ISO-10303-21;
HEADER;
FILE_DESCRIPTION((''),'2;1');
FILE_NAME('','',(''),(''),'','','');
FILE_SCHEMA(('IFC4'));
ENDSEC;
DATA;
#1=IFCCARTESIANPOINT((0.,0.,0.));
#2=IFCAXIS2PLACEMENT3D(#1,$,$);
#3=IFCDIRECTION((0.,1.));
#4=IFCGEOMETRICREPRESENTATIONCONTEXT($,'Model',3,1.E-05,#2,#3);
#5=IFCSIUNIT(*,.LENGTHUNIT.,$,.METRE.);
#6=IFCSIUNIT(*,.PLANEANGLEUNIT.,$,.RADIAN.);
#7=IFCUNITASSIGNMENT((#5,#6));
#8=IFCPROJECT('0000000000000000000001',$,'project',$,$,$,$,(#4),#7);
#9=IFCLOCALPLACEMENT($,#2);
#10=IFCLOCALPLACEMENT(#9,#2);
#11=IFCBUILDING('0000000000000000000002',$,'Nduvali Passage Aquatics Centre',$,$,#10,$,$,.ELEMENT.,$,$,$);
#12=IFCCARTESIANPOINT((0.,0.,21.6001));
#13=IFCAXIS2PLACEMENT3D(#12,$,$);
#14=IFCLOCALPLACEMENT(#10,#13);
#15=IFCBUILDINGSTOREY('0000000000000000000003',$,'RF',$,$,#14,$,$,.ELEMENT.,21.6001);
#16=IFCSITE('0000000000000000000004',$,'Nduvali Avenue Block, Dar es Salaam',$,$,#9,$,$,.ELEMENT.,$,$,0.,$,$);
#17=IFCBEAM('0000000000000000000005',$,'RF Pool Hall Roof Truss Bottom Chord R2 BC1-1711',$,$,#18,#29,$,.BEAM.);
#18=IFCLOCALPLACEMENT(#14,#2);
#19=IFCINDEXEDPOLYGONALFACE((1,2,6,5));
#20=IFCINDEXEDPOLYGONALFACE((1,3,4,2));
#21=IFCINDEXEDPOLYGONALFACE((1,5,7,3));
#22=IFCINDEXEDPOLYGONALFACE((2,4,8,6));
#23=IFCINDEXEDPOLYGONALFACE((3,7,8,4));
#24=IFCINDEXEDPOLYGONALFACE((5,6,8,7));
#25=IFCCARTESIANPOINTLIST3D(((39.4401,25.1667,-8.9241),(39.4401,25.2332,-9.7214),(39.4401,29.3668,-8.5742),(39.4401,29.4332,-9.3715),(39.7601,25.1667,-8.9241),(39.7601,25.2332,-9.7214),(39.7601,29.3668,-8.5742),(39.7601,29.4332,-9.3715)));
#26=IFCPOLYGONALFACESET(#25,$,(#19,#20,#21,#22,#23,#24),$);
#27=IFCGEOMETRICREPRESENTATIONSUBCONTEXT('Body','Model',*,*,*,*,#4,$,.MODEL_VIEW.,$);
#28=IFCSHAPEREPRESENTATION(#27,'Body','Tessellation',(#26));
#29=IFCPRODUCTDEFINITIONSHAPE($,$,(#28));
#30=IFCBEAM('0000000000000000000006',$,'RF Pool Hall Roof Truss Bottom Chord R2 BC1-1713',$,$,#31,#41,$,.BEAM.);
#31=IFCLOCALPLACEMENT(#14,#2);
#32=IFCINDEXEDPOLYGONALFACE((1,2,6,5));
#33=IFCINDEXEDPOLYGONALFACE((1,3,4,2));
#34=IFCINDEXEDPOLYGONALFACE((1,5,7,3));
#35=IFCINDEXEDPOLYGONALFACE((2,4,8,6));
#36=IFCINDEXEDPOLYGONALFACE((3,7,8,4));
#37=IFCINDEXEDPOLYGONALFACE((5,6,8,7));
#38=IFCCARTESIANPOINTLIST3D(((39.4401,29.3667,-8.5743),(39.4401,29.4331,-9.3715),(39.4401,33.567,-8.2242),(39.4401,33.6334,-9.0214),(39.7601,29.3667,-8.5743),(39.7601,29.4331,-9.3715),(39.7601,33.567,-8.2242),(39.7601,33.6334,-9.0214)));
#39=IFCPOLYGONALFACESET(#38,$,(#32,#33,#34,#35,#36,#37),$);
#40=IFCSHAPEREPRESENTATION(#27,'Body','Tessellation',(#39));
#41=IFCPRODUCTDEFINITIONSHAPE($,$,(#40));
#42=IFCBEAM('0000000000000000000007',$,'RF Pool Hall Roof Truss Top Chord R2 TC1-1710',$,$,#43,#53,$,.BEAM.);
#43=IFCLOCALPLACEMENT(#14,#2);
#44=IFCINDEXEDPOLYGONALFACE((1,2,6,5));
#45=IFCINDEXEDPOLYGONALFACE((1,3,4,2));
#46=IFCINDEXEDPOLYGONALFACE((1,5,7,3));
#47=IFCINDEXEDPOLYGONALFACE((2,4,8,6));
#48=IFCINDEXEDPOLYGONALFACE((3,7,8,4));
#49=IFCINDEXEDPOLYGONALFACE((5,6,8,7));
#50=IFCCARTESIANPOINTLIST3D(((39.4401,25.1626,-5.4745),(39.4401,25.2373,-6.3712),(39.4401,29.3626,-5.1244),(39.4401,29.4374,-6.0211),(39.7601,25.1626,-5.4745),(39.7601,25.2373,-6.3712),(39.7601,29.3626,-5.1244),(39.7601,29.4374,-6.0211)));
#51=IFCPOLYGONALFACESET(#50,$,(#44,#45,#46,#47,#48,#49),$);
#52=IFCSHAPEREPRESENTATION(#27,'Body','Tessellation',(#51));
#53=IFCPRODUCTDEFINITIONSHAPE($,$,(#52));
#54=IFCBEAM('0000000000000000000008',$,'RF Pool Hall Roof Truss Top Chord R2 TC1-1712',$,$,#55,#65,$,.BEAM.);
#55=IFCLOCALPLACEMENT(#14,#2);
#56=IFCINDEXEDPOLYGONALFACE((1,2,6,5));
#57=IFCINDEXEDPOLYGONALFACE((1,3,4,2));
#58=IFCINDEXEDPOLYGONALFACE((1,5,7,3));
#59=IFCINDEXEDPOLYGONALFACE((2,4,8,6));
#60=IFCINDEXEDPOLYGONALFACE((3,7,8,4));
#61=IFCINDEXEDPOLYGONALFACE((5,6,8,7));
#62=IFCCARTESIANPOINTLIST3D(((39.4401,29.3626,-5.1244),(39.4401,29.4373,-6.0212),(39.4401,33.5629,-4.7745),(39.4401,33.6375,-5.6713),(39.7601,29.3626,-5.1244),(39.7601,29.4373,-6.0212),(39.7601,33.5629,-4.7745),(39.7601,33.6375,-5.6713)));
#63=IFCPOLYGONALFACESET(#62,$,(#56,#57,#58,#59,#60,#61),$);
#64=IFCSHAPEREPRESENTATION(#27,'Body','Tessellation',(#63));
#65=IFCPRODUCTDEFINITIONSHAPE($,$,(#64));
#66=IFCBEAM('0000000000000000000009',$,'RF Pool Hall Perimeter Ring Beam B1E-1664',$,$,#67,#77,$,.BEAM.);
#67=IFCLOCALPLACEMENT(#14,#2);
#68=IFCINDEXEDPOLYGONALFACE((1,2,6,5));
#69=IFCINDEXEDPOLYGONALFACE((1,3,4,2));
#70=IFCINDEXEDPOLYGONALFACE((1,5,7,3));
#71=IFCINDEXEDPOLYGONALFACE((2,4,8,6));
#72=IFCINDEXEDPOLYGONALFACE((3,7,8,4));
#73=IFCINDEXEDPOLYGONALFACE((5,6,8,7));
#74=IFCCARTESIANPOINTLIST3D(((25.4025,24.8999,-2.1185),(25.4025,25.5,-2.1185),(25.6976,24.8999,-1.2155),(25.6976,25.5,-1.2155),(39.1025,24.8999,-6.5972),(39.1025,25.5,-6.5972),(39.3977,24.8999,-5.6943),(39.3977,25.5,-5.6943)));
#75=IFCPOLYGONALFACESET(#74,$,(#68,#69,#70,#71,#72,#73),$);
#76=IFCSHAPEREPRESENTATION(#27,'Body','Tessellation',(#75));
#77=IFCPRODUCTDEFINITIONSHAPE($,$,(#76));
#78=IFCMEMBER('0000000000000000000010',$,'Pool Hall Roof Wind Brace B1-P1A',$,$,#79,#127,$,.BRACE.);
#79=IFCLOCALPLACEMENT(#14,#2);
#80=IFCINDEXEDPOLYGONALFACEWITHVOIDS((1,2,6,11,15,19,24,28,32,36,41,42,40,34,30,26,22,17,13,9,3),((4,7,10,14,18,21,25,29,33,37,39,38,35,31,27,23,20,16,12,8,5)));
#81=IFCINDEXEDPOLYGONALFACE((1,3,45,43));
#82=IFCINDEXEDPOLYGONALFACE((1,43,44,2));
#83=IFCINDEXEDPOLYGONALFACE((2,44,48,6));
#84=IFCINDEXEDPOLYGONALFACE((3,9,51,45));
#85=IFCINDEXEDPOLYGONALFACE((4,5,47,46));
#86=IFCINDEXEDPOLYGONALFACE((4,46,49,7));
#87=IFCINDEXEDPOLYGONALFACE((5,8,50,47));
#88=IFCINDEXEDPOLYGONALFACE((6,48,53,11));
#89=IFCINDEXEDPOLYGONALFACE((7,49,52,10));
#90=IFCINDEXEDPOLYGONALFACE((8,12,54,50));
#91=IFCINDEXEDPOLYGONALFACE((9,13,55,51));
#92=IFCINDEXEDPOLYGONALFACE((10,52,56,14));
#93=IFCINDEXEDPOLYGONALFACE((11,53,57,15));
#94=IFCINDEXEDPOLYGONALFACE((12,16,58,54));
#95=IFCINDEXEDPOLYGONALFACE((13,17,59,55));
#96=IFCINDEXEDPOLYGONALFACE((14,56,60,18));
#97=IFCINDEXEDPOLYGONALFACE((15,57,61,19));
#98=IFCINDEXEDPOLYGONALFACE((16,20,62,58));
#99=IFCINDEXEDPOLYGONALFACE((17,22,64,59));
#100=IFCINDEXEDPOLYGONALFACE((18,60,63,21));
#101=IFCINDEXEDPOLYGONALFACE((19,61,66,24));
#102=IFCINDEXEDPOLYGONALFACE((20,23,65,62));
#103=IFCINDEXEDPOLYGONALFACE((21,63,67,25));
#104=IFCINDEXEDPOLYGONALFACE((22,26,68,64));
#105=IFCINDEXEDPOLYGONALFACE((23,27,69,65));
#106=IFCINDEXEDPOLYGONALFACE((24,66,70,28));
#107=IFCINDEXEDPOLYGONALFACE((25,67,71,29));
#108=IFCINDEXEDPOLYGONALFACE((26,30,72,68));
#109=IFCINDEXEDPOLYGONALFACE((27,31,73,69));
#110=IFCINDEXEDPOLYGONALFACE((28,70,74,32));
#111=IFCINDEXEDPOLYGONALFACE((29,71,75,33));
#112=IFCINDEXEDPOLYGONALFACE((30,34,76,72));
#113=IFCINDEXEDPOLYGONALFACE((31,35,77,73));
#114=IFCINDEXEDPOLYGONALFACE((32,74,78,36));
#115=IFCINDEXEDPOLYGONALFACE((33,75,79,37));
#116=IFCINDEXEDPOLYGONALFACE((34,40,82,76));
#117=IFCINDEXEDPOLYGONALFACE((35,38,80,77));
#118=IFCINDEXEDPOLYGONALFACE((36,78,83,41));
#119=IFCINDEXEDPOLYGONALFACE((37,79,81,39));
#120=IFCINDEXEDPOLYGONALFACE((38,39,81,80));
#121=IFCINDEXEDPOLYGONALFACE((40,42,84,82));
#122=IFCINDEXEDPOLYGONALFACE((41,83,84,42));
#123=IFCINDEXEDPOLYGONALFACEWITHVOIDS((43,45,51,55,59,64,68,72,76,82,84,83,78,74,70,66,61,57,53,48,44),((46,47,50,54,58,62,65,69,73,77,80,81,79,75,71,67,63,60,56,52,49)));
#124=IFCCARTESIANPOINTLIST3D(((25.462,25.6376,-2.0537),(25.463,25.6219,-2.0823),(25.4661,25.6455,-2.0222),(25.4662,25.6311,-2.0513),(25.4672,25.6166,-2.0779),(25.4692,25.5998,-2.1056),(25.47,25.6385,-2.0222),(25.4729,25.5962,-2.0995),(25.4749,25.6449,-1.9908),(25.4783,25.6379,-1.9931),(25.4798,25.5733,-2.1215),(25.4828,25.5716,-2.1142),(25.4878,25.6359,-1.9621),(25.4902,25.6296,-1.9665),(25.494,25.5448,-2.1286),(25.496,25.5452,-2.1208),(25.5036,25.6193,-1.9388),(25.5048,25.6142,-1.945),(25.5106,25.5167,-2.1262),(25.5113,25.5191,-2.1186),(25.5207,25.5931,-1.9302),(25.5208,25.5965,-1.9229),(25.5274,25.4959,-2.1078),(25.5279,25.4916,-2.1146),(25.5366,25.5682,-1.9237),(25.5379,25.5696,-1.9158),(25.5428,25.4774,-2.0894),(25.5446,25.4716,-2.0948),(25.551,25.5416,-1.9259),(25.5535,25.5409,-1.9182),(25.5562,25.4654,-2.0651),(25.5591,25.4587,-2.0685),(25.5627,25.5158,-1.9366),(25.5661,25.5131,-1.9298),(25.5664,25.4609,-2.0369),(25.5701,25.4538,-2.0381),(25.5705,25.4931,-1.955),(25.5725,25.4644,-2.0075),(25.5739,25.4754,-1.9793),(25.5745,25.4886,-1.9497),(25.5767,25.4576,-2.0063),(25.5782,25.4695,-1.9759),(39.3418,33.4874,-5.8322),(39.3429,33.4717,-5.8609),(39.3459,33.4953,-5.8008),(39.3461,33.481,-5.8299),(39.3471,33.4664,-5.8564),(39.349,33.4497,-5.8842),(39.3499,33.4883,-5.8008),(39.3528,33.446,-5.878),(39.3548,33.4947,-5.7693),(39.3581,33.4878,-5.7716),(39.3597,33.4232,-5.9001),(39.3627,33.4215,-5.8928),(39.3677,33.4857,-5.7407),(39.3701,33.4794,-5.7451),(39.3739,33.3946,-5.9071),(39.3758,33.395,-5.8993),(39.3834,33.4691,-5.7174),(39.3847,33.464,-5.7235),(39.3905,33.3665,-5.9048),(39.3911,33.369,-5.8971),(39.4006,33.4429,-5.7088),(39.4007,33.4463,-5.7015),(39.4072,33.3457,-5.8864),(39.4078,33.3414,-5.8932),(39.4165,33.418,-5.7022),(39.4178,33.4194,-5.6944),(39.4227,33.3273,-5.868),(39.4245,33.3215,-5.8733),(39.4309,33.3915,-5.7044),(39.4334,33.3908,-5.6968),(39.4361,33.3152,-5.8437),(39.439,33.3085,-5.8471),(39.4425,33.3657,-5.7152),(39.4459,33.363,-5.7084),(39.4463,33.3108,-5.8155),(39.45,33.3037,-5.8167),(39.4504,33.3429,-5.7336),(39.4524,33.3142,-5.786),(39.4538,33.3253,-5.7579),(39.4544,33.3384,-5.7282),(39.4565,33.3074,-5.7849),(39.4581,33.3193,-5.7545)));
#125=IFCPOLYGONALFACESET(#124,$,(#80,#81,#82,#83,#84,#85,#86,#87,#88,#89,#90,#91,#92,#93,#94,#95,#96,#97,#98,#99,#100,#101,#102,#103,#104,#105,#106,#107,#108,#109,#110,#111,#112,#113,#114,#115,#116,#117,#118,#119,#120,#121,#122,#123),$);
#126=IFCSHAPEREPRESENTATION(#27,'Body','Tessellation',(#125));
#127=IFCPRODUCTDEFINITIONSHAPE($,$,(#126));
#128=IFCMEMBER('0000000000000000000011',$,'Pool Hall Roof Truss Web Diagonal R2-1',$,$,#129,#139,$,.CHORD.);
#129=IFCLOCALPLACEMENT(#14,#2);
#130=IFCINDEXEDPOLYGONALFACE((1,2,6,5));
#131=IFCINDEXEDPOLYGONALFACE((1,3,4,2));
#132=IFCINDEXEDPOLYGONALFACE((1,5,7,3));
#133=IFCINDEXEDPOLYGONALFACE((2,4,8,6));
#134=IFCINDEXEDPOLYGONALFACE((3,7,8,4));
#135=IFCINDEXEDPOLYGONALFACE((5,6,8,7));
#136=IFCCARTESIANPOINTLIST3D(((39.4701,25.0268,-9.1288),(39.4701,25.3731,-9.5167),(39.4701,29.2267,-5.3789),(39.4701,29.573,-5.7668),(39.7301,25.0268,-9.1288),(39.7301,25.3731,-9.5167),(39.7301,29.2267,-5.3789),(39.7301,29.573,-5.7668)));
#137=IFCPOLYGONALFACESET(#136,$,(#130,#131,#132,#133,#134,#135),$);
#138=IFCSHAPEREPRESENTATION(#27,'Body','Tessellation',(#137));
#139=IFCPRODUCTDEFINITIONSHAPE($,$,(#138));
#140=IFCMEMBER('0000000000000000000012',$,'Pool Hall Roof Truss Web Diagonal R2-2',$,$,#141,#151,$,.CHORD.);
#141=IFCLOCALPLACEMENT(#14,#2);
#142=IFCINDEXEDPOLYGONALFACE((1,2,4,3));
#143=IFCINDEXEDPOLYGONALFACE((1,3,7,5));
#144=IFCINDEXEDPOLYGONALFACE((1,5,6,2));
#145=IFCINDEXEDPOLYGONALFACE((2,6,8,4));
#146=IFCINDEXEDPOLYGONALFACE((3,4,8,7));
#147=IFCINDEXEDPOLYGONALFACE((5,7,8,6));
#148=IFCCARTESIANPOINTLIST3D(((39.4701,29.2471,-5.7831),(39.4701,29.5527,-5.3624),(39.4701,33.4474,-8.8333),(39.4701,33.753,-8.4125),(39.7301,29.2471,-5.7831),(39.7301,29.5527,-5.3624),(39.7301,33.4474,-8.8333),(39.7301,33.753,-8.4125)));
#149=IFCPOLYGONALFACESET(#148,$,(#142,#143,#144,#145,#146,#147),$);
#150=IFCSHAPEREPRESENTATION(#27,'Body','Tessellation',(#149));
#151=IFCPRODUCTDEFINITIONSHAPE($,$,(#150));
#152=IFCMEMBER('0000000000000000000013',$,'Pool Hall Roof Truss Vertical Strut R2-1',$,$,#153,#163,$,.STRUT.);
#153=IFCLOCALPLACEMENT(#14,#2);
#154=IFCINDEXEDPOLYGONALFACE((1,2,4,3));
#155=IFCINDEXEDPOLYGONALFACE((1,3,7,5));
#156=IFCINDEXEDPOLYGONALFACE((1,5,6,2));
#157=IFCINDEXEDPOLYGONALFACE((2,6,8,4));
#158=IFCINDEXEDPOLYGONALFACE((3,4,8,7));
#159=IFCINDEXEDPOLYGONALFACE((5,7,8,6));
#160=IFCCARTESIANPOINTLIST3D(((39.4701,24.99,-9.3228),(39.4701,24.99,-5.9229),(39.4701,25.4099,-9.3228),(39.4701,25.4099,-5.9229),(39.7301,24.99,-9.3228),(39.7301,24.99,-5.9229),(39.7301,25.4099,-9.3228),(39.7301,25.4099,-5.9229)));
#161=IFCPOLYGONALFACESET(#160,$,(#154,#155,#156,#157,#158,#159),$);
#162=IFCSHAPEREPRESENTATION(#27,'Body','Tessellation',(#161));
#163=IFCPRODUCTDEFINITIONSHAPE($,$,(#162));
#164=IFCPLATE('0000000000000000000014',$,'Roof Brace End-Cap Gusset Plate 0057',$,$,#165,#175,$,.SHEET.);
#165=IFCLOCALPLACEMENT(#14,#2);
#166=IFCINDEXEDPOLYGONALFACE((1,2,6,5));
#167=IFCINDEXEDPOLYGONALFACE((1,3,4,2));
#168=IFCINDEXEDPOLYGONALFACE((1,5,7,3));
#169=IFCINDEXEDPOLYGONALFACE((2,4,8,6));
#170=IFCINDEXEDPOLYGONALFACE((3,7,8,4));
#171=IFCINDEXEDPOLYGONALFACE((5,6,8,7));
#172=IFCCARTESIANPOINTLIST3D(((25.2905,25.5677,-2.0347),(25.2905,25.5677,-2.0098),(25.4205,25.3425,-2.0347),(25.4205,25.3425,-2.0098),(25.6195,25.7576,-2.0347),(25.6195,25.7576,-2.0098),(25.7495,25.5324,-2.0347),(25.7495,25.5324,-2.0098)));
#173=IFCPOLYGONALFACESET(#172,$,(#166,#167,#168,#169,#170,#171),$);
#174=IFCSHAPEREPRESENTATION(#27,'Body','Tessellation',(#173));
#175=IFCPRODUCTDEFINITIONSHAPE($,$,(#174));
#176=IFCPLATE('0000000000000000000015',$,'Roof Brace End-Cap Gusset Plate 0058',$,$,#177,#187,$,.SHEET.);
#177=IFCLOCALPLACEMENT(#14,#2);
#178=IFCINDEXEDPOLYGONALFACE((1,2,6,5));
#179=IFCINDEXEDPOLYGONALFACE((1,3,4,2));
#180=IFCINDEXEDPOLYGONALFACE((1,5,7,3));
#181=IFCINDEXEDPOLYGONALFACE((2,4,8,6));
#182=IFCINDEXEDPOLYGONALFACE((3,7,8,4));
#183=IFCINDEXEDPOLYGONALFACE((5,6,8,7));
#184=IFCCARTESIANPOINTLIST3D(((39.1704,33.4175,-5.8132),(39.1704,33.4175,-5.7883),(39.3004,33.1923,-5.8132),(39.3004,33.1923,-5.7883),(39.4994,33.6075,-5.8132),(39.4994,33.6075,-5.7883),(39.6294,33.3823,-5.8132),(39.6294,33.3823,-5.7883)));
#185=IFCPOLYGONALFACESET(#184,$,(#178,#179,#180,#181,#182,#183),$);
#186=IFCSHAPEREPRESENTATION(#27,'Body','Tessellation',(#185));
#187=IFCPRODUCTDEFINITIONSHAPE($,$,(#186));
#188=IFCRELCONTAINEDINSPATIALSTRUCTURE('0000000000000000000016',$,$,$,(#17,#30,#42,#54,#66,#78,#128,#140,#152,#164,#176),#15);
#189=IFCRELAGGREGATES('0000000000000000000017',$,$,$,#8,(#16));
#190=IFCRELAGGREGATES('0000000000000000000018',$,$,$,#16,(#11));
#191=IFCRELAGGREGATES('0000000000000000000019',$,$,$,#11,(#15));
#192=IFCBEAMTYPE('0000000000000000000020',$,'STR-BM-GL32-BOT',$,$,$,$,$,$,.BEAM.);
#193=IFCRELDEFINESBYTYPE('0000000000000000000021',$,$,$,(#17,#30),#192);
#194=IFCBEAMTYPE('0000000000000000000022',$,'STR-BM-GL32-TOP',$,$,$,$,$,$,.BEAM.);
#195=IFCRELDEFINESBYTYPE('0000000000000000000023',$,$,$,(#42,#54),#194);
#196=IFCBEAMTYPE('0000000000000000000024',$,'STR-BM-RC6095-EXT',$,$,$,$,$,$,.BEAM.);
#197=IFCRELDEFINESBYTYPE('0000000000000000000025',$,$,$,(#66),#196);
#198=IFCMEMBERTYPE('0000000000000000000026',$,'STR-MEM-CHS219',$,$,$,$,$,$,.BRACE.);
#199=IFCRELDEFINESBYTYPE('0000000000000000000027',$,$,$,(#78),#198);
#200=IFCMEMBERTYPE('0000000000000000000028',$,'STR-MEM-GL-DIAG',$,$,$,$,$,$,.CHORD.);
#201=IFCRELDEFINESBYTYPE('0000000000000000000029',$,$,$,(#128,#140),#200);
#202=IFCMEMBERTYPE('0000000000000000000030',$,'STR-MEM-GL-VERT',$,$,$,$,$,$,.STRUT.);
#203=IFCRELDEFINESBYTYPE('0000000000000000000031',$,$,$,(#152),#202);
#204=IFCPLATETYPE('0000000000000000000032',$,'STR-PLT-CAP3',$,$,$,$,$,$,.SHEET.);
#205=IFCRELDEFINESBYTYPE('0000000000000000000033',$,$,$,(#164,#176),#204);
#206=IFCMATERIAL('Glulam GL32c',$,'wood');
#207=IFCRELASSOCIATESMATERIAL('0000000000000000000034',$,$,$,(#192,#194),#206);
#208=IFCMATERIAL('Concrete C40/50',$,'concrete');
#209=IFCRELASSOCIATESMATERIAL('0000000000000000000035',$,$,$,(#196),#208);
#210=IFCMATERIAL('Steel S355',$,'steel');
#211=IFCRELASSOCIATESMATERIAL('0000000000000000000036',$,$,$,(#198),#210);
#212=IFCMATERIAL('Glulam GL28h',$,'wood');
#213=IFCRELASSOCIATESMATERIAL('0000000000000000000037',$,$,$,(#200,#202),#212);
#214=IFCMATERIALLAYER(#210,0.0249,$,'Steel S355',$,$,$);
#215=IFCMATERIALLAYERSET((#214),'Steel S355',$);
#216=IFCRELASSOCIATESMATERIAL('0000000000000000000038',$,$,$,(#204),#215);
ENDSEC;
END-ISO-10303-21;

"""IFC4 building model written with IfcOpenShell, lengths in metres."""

from ifc_helpers import new_model, si_unit, direction, frame, origin, origin_2d, place, context, subcontext, project, spatial, rectangle, hollow_circle, extrude, material, layer, layer_set, material_profile, profile_set, type_object, element, save


model = new_model("IFC4")

# Units and contexts
model_context = context("Model", 3, precision=1e-05, world=origin(), true_north=direction((0.0, 1.0)))
body_context = subcontext(model_context, "Body", "Model", "MODEL_VIEW")
ifc_project = project(units=[si_unit("LENGTHUNIT", "METRE"), si_unit("PLANEANGLEUNIT", "RADIAN")], contexts=[model_context])

# Site, building, storey
site_placement = place(None, origin())
site = spatial("IfcSite", under=ifc_project, at=site_placement, Name="Nduvali Avenue Block, Dar es Salaam", CompositionType="ELEMENT", RefElevation=0.0)
building_placement = place(site_placement, origin())
building = spatial("IfcBuilding", under=site, at=building_placement, Name="Nduvali Passage Aquatics Centre", CompositionType="ELEMENT")
storey_placement = place(building_placement, frame((0.0, 0.0, 21.6001)))
storey = spatial("IfcBuildingStorey", under=building, at=storey_placement, Name="RF", CompositionType="ELEMENT", Elevation=21.6001)

# Beams
ifc_material_1 = material(Name="Glulam GL32c", Category="wood")
ifc_material_profile_1 = material_profile(ifc_material_1, rectangle(XDim=0.3201, YDim=0.8, at=origin_2d()), Name="GL32c 320x800")
ifc_profile_set_1 = profile_set([ifc_material_profile_1], Name="Glulam GL32c")
beam_type_1 = type_object("IfcBeamType", Name="STR-BM-GL32-BOT", PredefinedType="BEAM", material=ifc_profile_set_1)
beam_1_placement = place(storey_placement, frame((39.6001, 25.2, -9.3228), z_axis=(0.0, 0.996549, 0.083012), x_axis=(-1.0, 0.0, 0.0)))
element("IfcBeam", 1, at=beam_1_placement, inside=storey, type_object=beam_type_1, Name="RF Pool Hall Roof Truss Bottom Chord R2 BC1-1711", PredefinedType="BEAM", context=body_context, shape_type="SweptSolid", body=[
    extrude(rectangle(XDim=0.3201, YDim=0.8, at=origin_2d()), origin(), (0.0, 0.0, 1.0), 4.2146),
])
beam_2_placement = place(storey_placement, frame((39.6001, 29.3999, -8.9729), z_axis=(0.0, 0.996544, 0.083065), x_axis=(-1.0, 0.0, 0.0)))
element("IfcBeam", 2, at=beam_2_placement, inside=storey, type_object=beam_type_1, Name="RF Pool Hall Roof Truss Bottom Chord R2 BC1-1713", PredefinedType="BEAM", context=body_context, shape_type="SweptSolid", body=[
    extrude(rectangle(XDim=0.3201, YDim=0.8, at=origin_2d()), origin(), (0.0, 0.0, 1.0), 4.2148),
])
ifc_material_profile_2 = material_profile(ifc_material_1, rectangle(XDim=0.3201, YDim=0.8999, at=origin_2d()), Name="GL32c 320x900")
ifc_profile_set_2 = profile_set([ifc_material_profile_2], Name="Glulam GL32c")
beam_type_2 = type_object("IfcBeamType", Name="STR-BM-GL32-TOP", PredefinedType="BEAM", material=ifc_profile_set_2)
beam_3_placement = place(storey_placement, frame((39.6001, 25.2, -5.9229), z_axis=(0.0, 0.996544, 0.083069), x_axis=(-1.0, 0.0, 0.0)))
element("IfcBeam", 3, at=beam_3_placement, inside=storey, type_object=beam_type_2, Name="RF Pool Hall Roof Truss Top Chord R2 TC1-1710", PredefinedType="BEAM", context=body_context, shape_type="SweptSolid", body=[
    extrude(rectangle(XDim=0.3201, YDim=0.8999, at=origin_2d()), origin(), (0.0, 0.0, 1.0), 4.2146),
])
beam_4_placement = place(storey_placement, frame((39.6001, 29.3999, -5.5728), z_axis=(0.0, 0.996549, 0.083007), x_axis=(-1.0, 0.0, 0.0)))
element("IfcBeam", 4, at=beam_4_placement, inside=storey, type_object=beam_type_2, Name="RF Pool Hall Roof Truss Top Chord R2 TC1-1712", PredefinedType="BEAM", context=body_context, shape_type="SweptSolid", body=[
    extrude(rectangle(XDim=0.3201, YDim=0.8999, at=origin_2d()), origin(), (0.0, 0.0, 1.0), 4.2148),
])
ifc_material_2 = material(Name="Concrete C40/50", Category="concrete")
ifc_material_profile_3 = material_profile(ifc_material_2, rectangle(XDim=0.6001, YDim=0.95, at=origin_2d()), Name="RC 600x950")
ifc_profile_set_3 = profile_set([ifc_material_profile_3], Name="Concrete C40/50")
beam_type_3 = type_object("IfcBeamType", Name="STR-BM-RC6095-EXT", PredefinedType="BEAM", material=ifc_profile_set_3)
beam_5_placement = place(storey_placement, frame((25.55, 25.2, -1.667), z_axis=(0.950497, 0.0, -0.310734), x_axis=(0.0, 1.0, 0.0)))
element("IfcBeam", 5, at=beam_5_placement, inside=storey, type_object=beam_type_3, Name="RF Pool Hall Perimeter Ring Beam B1E-1664", PredefinedType="BEAM", context=body_context, shape_type="SweptSolid", body=[
    extrude(rectangle(XDim=0.6001, YDim=0.95, at=origin_2d()), origin(), (0.0, 0.0, 1.0), 14.4136),
])

# Members
ifc_material_3 = material(Name="Steel S355", Category="steel")
ifc_material_profile_4 = material_profile(ifc_material_3, hollow_circle(Radius=0.1096, WallThickness=0.0081, at=origin_2d()), Name="CHS 219.1x8.0")
ifc_profile_set_4 = profile_set([ifc_material_profile_4], Name="Steel S355")
member_type_1 = type_object("IfcMemberType", Name="STR-MEM-CHS219", PredefinedType="BRACE", material=ifc_profile_set_4)
member_1_placement = place(storey_placement, frame((25.52, 25.55, -2.0222), z_axis=(0.846982, 0.479016, -0.230577), x_axis=(-0.492281, 0.870436, 0.0)))
element("IfcMember", 6, at=member_1_placement, inside=storey, type_object=member_type_1, Name="Pool Hall Roof Wind Brace B1-P1A", PredefinedType="BRACE", context=body_context, shape_type="SweptSolid", body=[
    extrude(hollow_circle(Radius=0.1096, WallThickness=0.0081, at=origin_2d()), origin(), (0.0, 0.0, 1.0), 16.3875),
])
ifc_material_4 = material(Name="Glulam GL28h", Category="wood")
ifc_material_profile_5 = material_profile(ifc_material_4, rectangle(XDim=0.26, YDim=0.52, at=origin_2d()), Name="GL28h 260x520")
ifc_profile_set_5 = profile_set([ifc_material_profile_5], Name="Glulam GL28h")
member_type_2 = type_object("IfcMemberType", Name="STR-MEM-GL-DIAG", PredefinedType="CHORD", material=ifc_profile_set_5)
member_2_placement = place(storey_placement, frame((39.6001, 25.2, -9.3228), z_axis=(0.0, 0.745934, 0.66602), x_axis=(-1.0, 0.0, 0.0)))
element("IfcMember", 7, at=member_2_placement, inside=storey, type_object=member_type_2, Name="Pool Hall Roof Truss Web Diagonal R2-1", PredefinedType="CHORD", context=body_context, shape_type="SweptSolid", body=[
    extrude(rectangle(XDim=0.26, YDim=0.52, at=origin_2d()), origin(), (0.0, 0.0, 1.0), 5.6304),
])
member_3_placement = place(storey_placement, frame((39.6001, 29.3999, -5.5728), z_axis=(0.0, 0.809161, -0.587587), x_axis=(-1.0, 0.0, 0.0)))
element("IfcMember", 8, at=member_3_placement, inside=storey, type_object=member_type_2, Name="Pool Hall Roof Truss Web Diagonal R2-2", PredefinedType="CHORD", context=body_context, shape_type="SweptSolid", body=[
    extrude(rectangle(XDim=0.26, YDim=0.52, at=origin_2d()), origin(), (0.0, 0.0, 1.0), 5.1909),
])
ifc_material_profile_6 = material_profile(ifc_material_4, rectangle(XDim=0.26, YDim=0.4199, at=origin_2d()), Name="GL28h 260x420")
ifc_profile_set_6 = profile_set([ifc_material_profile_6], Name="Glulam GL28h")
member_type_3 = type_object("IfcMemberType", Name="STR-MEM-GL-VERT", PredefinedType="STRUT", material=ifc_profile_set_6)
member_4_placement = place(storey_placement, frame((39.6001, 25.2, -9.3228), z_axis=(0.0, 0.0, 1.0), x_axis=(1.0, 0.0, 0.0)))
element("IfcMember", 9, at=member_4_placement, inside=storey, type_object=member_type_3, Name="Pool Hall Roof Truss Vertical Strut R2-1", PredefinedType="STRUT", context=body_context, shape_type="SweptSolid", body=[
    extrude(rectangle(XDim=0.26, YDim=0.4199, at=origin_2d()), origin(), (0.0, 0.0, 1.0), 3.3999),
])

# Plates
ifc_layer_1 = layer(ifc_material_3, 0.0249, Name="Steel S355")
ifc_layer_set_1 = layer_set([ifc_layer_1], Name="Steel S355")
plate_type_1 = type_object("IfcPlateType", Name="STR-PLT-CAP3", PredefinedType="SHEET", material=ifc_layer_set_1)
for number, where, z_axis, x_axis, name in (
    (10, (25.52, 25.55, -2.0347), (0.0, 0.0, 1.0), (0.866025, 0.5, 0.0), "Roof Brace End-Cap Gusset Plate 0057"),
    (11, (39.3999, 33.3999, -5.8132), (0.0, 0.0, 1.0), (0.866025, 0.5, 0.0), "Roof Brace End-Cap Gusset Plate 0058"),
):
    element("IfcPlate", number, at=place(storey_placement, frame(where, z_axis=z_axis, x_axis=x_axis)), inside=storey, type_object=plate_type_1, Name=name, PredefinedType="SHEET", context=body_context, shape_type="SweptSolid", body=[
        extrude(rectangle(XDim=0.3799, YDim=0.26, at=origin_2d()), origin(), (0.0, 0.0, 1.0), 0.0249),
    ])

save(model, "model.ifc")
